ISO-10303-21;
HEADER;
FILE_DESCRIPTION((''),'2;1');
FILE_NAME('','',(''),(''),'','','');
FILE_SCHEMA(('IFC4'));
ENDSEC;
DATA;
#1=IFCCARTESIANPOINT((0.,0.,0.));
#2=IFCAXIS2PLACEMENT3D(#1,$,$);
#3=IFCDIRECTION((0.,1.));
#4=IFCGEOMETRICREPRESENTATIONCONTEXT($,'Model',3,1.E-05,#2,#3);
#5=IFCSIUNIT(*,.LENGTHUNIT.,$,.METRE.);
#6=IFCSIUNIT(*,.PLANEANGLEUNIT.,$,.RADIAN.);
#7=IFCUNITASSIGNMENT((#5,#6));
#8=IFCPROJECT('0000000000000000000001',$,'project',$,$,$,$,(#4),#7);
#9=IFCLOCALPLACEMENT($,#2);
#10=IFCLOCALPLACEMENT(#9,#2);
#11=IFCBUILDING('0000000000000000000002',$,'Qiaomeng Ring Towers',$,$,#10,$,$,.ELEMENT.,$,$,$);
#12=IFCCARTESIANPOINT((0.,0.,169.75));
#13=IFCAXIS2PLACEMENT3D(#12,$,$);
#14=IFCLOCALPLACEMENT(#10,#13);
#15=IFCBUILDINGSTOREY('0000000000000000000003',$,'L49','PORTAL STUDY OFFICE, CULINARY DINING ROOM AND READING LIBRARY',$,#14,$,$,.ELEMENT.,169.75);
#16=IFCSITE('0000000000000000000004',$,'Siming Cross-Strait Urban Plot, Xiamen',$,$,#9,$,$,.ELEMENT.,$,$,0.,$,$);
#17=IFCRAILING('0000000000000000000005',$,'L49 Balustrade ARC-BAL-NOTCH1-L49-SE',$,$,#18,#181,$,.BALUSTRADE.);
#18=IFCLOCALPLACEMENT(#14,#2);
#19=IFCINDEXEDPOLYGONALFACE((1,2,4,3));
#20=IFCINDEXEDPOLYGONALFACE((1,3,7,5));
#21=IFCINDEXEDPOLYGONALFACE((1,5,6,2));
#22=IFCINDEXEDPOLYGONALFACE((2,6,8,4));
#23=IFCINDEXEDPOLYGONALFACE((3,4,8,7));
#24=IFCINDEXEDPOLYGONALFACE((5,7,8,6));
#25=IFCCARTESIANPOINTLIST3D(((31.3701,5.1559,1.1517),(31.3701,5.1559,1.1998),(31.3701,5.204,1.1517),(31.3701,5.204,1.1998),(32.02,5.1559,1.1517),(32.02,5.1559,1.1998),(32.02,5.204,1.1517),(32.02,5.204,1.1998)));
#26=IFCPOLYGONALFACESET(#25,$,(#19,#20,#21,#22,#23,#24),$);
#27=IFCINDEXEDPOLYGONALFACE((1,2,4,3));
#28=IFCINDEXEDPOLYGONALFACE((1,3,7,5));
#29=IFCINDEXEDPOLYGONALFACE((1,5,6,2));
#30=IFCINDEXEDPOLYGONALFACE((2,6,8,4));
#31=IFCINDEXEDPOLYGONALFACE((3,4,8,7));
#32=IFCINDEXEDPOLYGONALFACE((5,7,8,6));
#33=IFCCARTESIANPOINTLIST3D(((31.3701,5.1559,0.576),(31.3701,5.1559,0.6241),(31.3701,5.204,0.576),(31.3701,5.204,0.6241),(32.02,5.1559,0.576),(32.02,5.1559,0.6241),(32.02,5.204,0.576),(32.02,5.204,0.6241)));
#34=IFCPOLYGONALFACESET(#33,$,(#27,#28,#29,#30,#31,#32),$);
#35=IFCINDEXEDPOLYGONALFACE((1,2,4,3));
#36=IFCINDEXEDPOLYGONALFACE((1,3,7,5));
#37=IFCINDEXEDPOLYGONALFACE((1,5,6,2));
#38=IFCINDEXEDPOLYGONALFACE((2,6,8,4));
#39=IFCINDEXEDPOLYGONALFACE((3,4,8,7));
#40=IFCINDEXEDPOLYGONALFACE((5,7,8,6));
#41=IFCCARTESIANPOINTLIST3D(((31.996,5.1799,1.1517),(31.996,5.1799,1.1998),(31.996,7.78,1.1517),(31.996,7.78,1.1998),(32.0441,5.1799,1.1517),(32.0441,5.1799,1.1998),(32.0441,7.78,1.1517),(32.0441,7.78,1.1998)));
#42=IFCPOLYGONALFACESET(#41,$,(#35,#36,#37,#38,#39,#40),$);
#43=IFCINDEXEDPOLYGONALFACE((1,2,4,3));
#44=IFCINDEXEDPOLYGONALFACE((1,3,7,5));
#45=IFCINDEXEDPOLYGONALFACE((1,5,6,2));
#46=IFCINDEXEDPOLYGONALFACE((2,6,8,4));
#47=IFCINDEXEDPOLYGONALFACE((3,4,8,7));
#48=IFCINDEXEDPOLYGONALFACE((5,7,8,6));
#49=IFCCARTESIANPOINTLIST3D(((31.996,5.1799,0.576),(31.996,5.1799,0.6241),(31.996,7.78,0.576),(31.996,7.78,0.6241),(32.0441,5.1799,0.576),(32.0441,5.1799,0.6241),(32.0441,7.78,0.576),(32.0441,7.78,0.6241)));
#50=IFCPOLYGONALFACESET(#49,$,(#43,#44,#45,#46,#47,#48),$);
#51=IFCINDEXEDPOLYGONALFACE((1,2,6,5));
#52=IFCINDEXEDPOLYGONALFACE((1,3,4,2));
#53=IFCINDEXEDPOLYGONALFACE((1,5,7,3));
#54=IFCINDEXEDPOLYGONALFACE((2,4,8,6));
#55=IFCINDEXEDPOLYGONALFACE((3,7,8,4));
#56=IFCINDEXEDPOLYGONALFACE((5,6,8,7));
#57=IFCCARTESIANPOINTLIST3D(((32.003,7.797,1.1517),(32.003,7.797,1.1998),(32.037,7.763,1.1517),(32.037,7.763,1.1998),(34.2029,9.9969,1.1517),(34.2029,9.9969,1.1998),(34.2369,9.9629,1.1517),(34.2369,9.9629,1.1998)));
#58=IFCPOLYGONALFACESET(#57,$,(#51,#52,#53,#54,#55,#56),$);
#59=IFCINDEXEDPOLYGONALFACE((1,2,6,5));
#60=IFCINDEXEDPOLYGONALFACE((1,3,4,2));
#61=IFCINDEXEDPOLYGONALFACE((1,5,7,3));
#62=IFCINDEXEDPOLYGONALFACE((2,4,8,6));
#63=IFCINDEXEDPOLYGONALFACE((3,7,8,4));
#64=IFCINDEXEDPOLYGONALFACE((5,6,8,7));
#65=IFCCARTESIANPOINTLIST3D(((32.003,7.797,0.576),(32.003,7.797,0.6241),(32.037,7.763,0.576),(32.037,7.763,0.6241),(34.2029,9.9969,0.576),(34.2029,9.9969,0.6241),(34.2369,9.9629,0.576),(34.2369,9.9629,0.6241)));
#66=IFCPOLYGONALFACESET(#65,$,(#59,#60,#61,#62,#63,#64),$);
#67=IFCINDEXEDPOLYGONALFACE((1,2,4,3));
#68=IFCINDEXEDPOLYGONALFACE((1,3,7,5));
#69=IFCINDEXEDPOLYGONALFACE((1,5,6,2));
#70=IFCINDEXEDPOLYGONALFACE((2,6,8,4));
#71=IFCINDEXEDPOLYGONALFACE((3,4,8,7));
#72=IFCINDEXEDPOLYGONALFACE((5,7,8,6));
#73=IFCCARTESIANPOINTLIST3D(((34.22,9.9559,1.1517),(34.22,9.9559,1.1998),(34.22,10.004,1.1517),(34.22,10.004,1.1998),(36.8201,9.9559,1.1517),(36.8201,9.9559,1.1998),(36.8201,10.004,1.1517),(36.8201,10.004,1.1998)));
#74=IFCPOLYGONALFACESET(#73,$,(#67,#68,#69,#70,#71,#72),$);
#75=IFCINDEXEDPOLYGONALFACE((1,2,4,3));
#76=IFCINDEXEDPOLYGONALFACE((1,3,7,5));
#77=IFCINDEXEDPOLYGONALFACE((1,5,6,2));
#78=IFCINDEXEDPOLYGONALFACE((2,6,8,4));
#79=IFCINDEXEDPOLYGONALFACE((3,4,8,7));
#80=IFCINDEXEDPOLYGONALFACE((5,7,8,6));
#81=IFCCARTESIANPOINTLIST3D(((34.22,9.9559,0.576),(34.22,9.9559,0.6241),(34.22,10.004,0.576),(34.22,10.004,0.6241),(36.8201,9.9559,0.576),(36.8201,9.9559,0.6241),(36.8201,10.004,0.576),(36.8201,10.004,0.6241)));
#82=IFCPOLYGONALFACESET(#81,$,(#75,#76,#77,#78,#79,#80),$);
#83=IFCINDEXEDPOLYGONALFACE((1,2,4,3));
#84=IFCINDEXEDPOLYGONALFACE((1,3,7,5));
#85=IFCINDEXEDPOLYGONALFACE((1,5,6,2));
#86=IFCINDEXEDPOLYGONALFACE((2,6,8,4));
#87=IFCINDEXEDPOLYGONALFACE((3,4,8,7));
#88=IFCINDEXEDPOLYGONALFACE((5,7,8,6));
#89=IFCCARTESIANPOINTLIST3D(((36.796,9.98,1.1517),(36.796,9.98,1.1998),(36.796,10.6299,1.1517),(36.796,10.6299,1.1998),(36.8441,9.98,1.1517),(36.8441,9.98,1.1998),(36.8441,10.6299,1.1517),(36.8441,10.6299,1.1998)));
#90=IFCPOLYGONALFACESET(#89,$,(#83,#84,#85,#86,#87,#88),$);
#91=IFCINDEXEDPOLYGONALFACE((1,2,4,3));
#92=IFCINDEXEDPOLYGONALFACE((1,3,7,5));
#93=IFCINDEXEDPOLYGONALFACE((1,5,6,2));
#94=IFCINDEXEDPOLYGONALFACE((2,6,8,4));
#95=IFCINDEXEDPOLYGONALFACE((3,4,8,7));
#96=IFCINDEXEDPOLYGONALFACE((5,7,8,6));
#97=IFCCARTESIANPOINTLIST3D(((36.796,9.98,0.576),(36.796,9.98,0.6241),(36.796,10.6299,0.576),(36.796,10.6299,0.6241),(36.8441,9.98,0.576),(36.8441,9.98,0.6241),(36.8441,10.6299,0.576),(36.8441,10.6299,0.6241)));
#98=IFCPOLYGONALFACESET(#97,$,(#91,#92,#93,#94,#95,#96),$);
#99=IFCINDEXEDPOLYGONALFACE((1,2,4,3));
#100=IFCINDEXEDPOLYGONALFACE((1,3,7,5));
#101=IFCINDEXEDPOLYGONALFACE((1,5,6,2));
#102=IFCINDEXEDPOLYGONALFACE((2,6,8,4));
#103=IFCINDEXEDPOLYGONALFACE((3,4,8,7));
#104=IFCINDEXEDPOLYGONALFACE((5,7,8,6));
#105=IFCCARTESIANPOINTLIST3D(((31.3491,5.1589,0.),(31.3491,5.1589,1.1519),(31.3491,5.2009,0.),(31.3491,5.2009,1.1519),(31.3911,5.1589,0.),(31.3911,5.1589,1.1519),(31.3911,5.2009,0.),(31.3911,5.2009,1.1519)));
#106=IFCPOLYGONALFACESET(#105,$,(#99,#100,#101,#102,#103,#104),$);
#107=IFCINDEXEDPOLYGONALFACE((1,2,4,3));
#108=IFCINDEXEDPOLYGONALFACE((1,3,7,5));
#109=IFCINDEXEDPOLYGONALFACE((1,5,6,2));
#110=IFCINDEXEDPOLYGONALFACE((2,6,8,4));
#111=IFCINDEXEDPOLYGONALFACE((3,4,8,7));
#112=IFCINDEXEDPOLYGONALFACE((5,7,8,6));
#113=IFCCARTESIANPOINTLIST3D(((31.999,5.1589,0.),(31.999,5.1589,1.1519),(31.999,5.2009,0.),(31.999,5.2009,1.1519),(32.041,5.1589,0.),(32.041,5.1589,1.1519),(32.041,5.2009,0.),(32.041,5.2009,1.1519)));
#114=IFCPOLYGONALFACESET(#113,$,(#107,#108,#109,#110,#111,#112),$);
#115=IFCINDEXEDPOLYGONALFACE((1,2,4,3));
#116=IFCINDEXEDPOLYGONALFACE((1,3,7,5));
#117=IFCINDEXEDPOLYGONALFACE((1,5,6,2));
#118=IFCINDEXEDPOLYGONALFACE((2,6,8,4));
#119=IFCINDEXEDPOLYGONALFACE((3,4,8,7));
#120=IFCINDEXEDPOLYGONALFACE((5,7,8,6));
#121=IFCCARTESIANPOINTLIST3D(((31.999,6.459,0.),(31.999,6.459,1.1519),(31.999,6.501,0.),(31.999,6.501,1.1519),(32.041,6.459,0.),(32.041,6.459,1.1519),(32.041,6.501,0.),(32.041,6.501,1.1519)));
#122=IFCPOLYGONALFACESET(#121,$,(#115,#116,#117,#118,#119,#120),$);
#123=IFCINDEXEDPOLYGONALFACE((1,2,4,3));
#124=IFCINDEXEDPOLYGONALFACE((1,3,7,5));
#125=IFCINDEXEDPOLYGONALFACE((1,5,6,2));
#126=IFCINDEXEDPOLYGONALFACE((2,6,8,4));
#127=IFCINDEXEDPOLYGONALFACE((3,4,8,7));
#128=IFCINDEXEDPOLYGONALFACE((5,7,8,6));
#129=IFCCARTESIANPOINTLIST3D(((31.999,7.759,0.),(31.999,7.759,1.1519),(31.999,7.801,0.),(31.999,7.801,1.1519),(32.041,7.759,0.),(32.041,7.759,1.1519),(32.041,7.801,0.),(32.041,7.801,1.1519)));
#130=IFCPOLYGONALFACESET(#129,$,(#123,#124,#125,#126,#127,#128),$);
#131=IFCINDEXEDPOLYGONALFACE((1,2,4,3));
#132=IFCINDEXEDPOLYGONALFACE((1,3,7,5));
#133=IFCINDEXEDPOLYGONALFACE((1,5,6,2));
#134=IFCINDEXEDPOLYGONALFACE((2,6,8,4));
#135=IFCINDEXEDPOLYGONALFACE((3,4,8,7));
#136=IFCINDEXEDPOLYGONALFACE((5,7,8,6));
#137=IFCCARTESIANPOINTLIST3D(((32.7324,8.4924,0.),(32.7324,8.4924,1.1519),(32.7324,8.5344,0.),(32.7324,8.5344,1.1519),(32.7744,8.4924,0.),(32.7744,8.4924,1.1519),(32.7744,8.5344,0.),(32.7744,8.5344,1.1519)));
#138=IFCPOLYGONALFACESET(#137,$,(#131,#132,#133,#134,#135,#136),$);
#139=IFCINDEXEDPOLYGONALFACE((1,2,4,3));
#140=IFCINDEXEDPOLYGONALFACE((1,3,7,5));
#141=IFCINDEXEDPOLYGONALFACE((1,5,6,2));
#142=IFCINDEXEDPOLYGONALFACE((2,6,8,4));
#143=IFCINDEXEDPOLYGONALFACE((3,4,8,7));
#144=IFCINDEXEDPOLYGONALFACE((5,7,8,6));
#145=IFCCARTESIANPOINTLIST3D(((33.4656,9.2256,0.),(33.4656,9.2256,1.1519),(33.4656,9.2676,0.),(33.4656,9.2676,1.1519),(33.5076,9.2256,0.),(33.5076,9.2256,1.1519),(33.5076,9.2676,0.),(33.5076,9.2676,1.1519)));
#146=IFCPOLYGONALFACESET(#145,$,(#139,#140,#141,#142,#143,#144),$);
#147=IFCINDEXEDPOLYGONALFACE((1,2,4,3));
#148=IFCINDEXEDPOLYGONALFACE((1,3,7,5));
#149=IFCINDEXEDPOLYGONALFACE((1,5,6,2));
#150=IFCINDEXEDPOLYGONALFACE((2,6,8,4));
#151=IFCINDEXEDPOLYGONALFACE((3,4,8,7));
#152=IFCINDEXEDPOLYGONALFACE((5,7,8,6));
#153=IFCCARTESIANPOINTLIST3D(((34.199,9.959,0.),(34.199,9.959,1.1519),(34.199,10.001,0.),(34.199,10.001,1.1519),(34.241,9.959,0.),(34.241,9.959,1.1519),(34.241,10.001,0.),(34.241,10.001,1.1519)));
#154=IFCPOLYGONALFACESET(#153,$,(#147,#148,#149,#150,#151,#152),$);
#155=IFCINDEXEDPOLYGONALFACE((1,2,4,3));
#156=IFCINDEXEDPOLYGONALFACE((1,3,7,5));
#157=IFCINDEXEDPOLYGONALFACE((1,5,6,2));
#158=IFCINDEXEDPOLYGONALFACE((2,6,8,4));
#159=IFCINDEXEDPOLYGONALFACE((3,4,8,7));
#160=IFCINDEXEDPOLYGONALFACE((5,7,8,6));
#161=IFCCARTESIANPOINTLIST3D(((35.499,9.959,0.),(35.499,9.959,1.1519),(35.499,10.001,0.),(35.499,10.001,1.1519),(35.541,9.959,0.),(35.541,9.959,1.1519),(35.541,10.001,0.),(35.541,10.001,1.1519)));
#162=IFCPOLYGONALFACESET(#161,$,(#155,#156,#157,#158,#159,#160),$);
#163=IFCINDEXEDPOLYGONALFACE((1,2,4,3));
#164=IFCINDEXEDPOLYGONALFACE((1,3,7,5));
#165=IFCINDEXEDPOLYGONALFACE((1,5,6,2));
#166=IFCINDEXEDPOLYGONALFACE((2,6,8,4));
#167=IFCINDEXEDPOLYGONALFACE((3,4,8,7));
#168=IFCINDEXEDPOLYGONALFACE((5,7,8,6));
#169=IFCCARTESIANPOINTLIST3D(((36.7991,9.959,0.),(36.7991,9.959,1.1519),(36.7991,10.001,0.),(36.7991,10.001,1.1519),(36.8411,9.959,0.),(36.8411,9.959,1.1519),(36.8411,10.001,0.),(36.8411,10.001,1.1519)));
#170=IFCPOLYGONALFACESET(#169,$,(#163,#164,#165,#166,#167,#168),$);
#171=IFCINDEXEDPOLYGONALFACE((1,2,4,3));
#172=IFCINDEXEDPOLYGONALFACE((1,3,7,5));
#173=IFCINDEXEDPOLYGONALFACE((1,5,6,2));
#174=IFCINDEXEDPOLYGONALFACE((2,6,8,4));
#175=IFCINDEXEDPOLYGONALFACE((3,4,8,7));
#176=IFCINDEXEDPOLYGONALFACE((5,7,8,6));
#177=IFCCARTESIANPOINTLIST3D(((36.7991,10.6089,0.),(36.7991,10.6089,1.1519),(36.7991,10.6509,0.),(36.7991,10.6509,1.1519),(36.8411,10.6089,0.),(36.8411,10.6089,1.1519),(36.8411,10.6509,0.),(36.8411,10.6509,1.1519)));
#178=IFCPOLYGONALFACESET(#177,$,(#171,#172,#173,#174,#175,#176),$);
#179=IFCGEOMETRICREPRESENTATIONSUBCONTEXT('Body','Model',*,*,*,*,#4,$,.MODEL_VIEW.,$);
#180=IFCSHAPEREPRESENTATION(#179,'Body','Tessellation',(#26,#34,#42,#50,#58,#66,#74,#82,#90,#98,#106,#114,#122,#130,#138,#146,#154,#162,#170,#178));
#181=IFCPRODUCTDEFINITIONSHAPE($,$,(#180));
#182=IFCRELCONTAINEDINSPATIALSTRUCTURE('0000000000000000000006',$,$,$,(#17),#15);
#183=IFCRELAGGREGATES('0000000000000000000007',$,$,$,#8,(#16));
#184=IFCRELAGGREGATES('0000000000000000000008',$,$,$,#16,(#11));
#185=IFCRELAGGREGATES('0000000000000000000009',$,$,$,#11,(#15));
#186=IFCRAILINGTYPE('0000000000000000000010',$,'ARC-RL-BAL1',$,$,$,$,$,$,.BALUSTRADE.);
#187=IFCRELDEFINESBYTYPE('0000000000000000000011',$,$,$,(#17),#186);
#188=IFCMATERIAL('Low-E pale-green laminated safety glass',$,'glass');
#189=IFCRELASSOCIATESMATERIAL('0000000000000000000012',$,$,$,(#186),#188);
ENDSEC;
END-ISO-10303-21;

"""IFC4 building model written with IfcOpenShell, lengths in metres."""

from ifc_helpers import new_model, si_unit, direction, frame, origin, origin_2d, place, context, subcontext, project, spatial, rectangle, extrude, material, type_object, element, save


model = new_model("IFC4")

# Units and contexts
model_context = context("Model", 3, precision=1e-05, world=origin(), true_north=direction((0.0, 1.0)))
body_context = subcontext(model_context, "Body", "Model", "MODEL_VIEW")
ifc_project = project(units=[si_unit("LENGTHUNIT", "METRE"), si_unit("PLANEANGLEUNIT", "RADIAN")], contexts=[model_context])

# Site, building, storey
site_placement = place(None, origin())
site = spatial("IfcSite", under=ifc_project, at=site_placement, Name="Siming Cross-Strait Urban Plot, Xiamen", CompositionType="ELEMENT", RefElevation=0.0)
building_placement = place(site_placement, origin())
building = spatial("IfcBuilding", under=site, at=building_placement, Name="Qiaomeng Ring Towers", CompositionType="ELEMENT")
storey_placement = place(building_placement, frame((0.0, 0.0, 169.75)))
storey = spatial("IfcBuildingStorey", under=building, at=storey_placement, Name="L49", Description="PORTAL STUDY OFFICE, CULINARY DINING ROOM AND READING LIBRARY", CompositionType="ELEMENT", Elevation=169.75)

# Railing
ifc_material_1 = material(Name="Low-E pale-green laminated safety glass", Category="glass")
railing_type = type_object("IfcRailingType", Name="ARC-RL-BAL1", PredefinedType="BALUSTRADE", material=ifc_material_1)
railing_placement = place(storey_placement, frame((31.3701, 5.1799, 0.0)))
element("IfcRailing", 1, at=railing_placement, inside=storey, type_object=railing_type, Name="L49 Balustrade ARC-BAL-NOTCH1-L49-SE", PredefinedType="BALUSTRADE", context=body_context, shape_type="SweptSolid", body=[
    extrude(rectangle(XDim=0.0481, YDim=0.0481, at=origin_2d()), frame((0.0, 0.0, 1.1758), z_axis=(1.0, 0.0, 0.0), x_axis=(0.0, 1.0, 0.0)), (0.0, 0.0, 1.0), 0.6499),
    extrude(rectangle(XDim=0.0481, YDim=0.0481, at=origin_2d()), frame((0.0, 0.0, 0.6001), z_axis=(1.0, 0.0, 0.0), x_axis=(0.0, 1.0, 0.0)), (0.0, 0.0, 1.0), 0.6499),
    extrude(rectangle(XDim=0.0481, YDim=0.0481, at=origin_2d()), frame((0.6499, 0.0, 1.1758), z_axis=(0.0, 1.0, 0.0), x_axis=(-1.0, 0.0, 0.0)), (0.0, 0.0, 1.0), 2.6001),
    extrude(rectangle(XDim=0.0481, YDim=0.0481, at=origin_2d()), frame((0.6499, 0.0, 0.6001), z_axis=(0.0, 1.0, 0.0), x_axis=(-1.0, 0.0, 0.0)), (0.0, 0.0, 1.0), 2.6001),
    extrude(rectangle(XDim=0.0481, YDim=0.0481, at=origin_2d()), frame((0.6499, 2.6001, 1.1758), z_axis=(0.707107, 0.707107, 0.0), x_axis=(-0.707107, 0.707107, 0.0)), (0.0, 0.0, 1.0), 3.1111),
    extrude(rectangle(XDim=0.0481, YDim=0.0481, at=origin_2d()), frame((0.6499, 2.6001, 0.6001), z_axis=(0.707107, 0.707107, 0.0), x_axis=(-0.707107, 0.707107, 0.0)), (0.0, 0.0, 1.0), 3.1111),
    extrude(rectangle(XDim=0.0481, YDim=0.0481, at=origin_2d()), frame((2.8499, 4.8, 1.1758), z_axis=(1.0, 0.0, 0.0), x_axis=(0.0, 1.0, 0.0)), (0.0, 0.0, 1.0), 2.6001),
    extrude(rectangle(XDim=0.0481, YDim=0.0481, at=origin_2d()), frame((2.8499, 4.8, 0.6001), z_axis=(1.0, 0.0, 0.0), x_axis=(0.0, 1.0, 0.0)), (0.0, 0.0, 1.0), 2.6001),
    extrude(rectangle(XDim=0.0481, YDim=0.0481, at=origin_2d()), frame((5.45, 4.8, 1.1758), z_axis=(0.0, 1.0, 0.0), x_axis=(-1.0, 0.0, 0.0)), (0.0, 0.0, 1.0), 0.6499),
    extrude(rectangle(XDim=0.0481, YDim=0.0481, at=origin_2d()), frame((5.45, 4.8, 0.6001), z_axis=(0.0, 1.0, 0.0), x_axis=(-1.0, 0.0, 0.0)), (0.0, 0.0, 1.0), 0.6499),
    extrude(rectangle(XDim=0.042, YDim=0.042, at=origin_2d()), origin(), (0.0, 0.0, 1.0), 1.1519),
    extrude(rectangle(XDim=0.042, YDim=0.042, at=origin_2d()), frame((0.6499, 0.0, 0.0)), (0.0, 0.0, 1.0), 1.1519),
    extrude(rectangle(XDim=0.042, YDim=0.042, at=origin_2d()), frame((0.6499, 1.3, 0.0)), (0.0, 0.0, 1.0), 1.1519),
    extrude(rectangle(XDim=0.042, YDim=0.042, at=origin_2d()), frame((0.6499, 2.6001, 0.0)), (0.0, 0.0, 1.0), 1.1519),
    extrude(rectangle(XDim=0.042, YDim=0.042, at=origin_2d()), frame((1.3833, 3.3335, 0.0)), (0.0, 0.0, 1.0), 1.1519),
    extrude(rectangle(XDim=0.042, YDim=0.042, at=origin_2d()), frame((2.1165, 4.0667, 0.0)), (0.0, 0.0, 1.0), 1.1519),
    extrude(rectangle(XDim=0.042, YDim=0.042, at=origin_2d()), frame((2.8499, 4.8, 0.0)), (0.0, 0.0, 1.0), 1.1519),
    extrude(rectangle(XDim=0.042, YDim=0.042, at=origin_2d()), frame((4.1499, 4.8, 0.0)), (0.0, 0.0, 1.0), 1.1519),
    extrude(rectangle(XDim=0.042, YDim=0.042, at=origin_2d()), frame((5.45, 4.8, 0.0)), (0.0, 0.0, 1.0), 1.1519),
    extrude(rectangle(XDim=0.042, YDim=0.042, at=origin_2d()), frame((5.45, 5.45, 0.0)), (0.0, 0.0, 1.0), 1.1519),
])

save(model, "model.ifc")
